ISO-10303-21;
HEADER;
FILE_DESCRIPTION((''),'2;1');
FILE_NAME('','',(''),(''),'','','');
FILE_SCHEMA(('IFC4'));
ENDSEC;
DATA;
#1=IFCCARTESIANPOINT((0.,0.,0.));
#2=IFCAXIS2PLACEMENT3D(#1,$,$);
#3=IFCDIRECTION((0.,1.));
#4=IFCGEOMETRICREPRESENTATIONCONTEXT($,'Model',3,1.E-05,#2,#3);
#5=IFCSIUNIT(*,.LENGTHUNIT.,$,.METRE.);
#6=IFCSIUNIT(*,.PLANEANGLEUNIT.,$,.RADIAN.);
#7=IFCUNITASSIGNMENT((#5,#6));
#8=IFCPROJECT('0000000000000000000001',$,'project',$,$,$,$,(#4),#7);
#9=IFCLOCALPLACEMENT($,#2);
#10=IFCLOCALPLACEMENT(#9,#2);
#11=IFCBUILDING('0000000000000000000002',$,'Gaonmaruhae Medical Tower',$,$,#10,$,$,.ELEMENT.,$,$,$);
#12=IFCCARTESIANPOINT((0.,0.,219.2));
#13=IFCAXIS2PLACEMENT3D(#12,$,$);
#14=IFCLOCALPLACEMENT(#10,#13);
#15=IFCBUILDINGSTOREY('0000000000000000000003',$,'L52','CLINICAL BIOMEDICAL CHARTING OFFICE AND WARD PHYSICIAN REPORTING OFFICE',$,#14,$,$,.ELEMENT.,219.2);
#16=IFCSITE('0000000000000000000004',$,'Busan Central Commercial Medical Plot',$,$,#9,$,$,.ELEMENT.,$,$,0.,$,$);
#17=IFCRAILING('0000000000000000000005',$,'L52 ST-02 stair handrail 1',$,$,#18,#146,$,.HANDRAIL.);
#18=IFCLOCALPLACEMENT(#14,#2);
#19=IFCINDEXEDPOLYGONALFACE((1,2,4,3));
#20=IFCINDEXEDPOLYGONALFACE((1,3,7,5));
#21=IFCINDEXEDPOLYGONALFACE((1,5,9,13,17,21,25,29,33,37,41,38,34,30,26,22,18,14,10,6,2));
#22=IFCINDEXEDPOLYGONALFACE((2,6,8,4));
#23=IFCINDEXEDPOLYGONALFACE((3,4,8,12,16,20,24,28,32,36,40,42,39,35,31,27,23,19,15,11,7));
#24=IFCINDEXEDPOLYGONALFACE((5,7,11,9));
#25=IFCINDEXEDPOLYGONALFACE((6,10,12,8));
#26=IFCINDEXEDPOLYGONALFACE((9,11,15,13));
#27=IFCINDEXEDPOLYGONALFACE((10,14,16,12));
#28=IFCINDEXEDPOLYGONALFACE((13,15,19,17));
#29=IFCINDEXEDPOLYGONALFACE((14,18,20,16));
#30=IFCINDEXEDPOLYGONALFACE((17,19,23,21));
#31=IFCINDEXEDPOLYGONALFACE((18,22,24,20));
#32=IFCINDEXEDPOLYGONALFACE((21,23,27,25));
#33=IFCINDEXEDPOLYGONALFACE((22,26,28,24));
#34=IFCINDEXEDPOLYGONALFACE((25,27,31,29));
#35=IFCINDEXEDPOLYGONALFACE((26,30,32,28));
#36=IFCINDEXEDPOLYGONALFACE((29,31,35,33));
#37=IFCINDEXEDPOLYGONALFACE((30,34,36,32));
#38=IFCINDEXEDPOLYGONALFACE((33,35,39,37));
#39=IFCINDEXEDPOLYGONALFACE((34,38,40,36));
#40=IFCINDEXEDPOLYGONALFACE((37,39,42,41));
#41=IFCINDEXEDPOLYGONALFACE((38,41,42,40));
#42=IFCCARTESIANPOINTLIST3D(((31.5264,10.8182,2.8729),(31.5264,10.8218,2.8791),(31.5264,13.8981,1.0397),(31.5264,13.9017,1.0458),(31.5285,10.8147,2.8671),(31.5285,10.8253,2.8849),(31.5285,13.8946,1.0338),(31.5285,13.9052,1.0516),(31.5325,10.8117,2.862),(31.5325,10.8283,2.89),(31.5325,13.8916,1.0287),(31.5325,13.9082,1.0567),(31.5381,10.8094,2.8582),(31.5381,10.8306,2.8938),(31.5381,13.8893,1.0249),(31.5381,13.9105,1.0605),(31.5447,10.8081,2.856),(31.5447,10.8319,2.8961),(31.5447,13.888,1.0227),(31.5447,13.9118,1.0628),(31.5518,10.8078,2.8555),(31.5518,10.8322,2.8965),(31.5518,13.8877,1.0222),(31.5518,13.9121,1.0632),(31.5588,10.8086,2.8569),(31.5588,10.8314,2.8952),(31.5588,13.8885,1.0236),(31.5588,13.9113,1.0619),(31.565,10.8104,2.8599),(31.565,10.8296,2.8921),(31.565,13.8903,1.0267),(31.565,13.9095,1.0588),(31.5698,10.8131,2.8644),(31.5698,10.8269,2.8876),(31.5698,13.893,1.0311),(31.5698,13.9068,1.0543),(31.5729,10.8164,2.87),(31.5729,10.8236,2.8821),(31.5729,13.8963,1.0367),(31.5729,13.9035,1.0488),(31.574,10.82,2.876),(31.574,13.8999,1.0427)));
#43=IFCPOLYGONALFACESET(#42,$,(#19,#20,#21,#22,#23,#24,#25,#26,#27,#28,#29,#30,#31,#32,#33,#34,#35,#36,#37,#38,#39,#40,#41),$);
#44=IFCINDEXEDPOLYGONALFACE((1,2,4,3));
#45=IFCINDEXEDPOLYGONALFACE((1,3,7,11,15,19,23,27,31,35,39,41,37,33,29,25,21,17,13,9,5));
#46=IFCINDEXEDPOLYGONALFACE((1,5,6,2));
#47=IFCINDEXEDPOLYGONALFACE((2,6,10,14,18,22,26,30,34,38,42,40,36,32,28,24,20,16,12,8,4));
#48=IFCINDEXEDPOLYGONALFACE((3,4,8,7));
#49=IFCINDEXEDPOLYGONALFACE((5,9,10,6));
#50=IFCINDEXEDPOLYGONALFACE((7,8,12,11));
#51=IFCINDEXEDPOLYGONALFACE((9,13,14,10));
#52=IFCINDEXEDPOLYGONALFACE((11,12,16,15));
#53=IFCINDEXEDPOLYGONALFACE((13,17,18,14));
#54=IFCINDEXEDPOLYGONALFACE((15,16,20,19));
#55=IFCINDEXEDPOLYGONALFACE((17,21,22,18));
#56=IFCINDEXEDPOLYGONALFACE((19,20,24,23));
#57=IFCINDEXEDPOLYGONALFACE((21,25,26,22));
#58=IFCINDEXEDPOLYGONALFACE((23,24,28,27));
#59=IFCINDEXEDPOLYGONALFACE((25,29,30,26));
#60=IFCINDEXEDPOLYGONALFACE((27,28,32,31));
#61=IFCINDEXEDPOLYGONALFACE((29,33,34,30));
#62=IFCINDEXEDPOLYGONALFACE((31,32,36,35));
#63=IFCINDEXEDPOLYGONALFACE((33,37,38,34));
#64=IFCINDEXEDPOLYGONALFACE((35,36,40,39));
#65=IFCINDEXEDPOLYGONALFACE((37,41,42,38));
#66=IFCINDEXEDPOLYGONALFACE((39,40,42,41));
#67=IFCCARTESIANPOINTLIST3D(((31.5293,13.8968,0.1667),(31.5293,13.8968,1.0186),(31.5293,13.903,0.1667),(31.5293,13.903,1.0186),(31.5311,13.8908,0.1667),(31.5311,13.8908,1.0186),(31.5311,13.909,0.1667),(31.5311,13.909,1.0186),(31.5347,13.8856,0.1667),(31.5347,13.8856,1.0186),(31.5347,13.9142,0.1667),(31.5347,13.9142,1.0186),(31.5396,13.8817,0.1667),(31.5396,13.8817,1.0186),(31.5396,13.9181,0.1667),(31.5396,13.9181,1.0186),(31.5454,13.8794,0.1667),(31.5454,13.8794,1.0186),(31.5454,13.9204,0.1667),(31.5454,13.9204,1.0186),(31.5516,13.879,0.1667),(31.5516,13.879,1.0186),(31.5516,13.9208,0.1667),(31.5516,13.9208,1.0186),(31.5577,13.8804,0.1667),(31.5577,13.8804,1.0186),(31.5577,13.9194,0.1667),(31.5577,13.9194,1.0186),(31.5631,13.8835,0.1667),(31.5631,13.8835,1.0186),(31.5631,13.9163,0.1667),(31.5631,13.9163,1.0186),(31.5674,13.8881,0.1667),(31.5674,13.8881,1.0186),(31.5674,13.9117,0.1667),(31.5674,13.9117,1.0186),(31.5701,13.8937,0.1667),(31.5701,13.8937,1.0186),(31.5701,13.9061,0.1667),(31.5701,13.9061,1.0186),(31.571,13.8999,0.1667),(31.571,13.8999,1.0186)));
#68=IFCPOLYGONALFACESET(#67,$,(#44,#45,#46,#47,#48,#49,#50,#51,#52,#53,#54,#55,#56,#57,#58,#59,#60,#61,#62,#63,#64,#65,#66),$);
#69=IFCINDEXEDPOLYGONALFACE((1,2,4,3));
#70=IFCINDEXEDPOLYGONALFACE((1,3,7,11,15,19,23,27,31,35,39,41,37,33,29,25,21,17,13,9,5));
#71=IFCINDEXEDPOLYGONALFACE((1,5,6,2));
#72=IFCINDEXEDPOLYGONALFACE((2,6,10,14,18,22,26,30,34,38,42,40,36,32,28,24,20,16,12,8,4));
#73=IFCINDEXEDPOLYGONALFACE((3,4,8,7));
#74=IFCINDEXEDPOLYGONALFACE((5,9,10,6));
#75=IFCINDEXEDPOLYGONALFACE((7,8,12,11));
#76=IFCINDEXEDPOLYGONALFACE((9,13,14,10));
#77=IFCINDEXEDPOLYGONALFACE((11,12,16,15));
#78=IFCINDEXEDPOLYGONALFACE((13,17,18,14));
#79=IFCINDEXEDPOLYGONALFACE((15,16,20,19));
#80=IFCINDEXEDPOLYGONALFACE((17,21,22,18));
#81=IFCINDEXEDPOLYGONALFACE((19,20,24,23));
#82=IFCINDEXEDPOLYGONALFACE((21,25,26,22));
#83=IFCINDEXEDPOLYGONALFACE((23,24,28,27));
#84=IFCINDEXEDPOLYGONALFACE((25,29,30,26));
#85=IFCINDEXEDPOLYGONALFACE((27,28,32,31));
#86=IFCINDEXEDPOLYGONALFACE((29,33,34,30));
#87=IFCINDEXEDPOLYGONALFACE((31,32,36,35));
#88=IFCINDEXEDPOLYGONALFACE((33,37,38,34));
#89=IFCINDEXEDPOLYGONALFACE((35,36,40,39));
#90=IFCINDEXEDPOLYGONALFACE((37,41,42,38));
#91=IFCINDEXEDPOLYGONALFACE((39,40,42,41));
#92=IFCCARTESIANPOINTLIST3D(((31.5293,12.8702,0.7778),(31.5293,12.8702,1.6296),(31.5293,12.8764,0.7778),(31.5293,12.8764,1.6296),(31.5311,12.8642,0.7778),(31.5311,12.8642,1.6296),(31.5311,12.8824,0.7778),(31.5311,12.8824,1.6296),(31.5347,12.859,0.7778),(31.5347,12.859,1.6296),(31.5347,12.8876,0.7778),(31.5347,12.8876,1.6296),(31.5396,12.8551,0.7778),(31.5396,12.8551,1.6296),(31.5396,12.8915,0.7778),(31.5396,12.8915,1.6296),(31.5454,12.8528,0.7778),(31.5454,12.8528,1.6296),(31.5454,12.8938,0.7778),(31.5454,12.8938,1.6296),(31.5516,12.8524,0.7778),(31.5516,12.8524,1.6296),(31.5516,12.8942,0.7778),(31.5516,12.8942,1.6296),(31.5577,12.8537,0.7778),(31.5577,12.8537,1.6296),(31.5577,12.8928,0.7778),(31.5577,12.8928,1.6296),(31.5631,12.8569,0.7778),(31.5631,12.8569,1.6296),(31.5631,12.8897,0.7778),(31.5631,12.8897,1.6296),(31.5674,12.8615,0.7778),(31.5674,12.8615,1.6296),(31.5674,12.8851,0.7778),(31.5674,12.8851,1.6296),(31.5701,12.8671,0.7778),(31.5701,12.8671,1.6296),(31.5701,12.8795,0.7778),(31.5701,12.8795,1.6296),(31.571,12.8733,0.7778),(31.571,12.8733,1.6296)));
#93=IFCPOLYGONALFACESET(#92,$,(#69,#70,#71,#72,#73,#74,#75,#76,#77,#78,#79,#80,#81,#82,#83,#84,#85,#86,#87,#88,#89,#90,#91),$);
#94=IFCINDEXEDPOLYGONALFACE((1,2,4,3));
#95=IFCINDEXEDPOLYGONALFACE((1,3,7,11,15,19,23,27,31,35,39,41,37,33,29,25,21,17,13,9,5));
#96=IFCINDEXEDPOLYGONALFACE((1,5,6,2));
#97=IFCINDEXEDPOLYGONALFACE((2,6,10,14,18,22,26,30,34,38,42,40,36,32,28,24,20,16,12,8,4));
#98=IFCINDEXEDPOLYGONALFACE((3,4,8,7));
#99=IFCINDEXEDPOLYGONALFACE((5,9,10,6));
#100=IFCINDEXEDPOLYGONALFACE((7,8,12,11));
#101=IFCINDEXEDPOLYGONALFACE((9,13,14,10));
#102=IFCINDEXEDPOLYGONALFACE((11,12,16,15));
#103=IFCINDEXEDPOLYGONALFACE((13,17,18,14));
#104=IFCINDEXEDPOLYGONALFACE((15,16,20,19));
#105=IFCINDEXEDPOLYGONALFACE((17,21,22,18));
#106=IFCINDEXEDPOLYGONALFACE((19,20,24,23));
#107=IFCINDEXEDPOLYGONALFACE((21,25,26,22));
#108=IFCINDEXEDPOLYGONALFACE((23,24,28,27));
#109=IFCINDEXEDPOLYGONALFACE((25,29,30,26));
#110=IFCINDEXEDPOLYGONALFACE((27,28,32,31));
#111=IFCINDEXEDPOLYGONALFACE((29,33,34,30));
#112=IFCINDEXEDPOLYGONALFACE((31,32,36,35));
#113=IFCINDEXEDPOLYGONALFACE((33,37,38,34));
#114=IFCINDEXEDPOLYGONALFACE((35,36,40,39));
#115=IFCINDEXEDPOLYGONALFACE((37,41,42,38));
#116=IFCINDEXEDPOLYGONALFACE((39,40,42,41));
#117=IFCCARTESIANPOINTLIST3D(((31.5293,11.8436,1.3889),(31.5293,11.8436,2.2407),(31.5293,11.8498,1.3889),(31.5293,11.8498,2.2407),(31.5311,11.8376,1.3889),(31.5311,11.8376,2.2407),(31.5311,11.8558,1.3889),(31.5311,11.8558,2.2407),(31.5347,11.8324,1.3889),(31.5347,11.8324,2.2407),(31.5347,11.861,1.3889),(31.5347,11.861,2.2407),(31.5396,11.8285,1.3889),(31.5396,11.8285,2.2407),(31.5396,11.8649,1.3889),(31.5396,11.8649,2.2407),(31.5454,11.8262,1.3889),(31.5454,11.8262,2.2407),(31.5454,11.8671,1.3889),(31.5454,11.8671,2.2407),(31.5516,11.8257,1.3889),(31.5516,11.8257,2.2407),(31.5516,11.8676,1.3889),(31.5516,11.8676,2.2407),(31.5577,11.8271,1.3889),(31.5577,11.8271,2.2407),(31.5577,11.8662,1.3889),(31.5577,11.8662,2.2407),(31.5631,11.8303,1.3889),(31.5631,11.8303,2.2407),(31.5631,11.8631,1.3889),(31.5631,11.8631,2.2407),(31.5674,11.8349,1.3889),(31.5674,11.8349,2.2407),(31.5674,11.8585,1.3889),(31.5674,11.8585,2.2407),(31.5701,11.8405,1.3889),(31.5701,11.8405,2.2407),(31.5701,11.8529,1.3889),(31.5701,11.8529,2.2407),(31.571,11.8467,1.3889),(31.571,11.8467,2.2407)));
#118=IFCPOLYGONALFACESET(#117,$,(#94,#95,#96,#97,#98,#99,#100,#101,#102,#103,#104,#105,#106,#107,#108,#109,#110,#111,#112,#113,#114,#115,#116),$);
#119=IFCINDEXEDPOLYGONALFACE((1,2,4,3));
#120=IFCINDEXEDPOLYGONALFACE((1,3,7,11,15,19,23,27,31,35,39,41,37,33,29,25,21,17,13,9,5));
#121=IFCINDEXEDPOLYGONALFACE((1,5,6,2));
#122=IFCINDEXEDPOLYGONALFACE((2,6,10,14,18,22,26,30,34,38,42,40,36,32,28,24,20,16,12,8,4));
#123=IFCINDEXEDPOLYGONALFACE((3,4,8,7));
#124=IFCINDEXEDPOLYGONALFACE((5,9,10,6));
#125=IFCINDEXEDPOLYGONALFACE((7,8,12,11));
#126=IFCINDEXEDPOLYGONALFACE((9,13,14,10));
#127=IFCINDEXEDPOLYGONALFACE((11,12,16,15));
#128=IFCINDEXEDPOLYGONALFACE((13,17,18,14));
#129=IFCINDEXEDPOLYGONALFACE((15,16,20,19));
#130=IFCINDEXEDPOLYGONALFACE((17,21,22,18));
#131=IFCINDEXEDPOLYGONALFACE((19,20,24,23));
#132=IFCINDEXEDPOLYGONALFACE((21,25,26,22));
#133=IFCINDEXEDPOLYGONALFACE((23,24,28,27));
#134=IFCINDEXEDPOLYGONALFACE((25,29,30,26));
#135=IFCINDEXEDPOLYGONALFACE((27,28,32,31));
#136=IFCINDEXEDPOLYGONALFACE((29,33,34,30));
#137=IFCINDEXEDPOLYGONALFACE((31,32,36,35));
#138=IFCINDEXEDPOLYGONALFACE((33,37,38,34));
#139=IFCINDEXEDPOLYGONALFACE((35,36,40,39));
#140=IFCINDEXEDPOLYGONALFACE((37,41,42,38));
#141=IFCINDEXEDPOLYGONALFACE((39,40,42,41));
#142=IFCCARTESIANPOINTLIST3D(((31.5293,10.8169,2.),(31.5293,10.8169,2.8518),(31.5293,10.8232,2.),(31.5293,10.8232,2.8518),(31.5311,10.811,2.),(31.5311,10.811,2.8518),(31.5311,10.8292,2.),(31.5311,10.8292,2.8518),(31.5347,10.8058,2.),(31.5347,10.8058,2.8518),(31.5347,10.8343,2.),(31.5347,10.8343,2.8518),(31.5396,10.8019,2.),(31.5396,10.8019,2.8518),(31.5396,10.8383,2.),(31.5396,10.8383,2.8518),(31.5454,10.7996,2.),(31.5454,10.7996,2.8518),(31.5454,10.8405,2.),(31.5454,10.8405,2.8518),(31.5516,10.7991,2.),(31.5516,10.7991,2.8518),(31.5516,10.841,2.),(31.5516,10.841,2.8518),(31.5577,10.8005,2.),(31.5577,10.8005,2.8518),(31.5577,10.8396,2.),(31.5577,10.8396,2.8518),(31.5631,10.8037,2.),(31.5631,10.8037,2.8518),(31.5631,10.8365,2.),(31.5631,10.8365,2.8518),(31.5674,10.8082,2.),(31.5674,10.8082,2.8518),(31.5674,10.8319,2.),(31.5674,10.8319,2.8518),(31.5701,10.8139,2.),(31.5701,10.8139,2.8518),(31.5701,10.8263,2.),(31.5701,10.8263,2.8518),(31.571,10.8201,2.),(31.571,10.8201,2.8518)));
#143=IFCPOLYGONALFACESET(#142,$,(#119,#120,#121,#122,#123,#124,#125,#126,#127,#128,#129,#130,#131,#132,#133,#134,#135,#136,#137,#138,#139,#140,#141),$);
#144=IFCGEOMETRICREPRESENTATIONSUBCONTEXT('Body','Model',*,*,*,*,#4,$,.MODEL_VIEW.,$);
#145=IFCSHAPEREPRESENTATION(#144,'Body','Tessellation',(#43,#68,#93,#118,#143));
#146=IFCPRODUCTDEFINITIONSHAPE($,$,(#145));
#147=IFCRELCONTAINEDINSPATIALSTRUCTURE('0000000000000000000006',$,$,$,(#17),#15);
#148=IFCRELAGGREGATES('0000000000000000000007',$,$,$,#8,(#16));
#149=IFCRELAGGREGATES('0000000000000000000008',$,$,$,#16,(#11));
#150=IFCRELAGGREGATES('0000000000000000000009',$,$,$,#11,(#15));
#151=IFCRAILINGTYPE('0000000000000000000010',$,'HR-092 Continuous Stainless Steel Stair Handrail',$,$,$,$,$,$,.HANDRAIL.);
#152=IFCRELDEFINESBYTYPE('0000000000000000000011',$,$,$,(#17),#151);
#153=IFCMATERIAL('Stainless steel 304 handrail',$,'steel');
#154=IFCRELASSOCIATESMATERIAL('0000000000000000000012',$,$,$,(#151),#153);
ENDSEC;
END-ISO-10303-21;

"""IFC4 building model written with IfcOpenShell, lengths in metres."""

from ifc_helpers import new_model, si_unit, direction, frame, origin, origin_2d, place, context, subcontext, project, spatial, circle, extrude, material, type_object, element, save


model = new_model("IFC4")

# Units and contexts
model_context = context("Model", 3, precision=1e-05, world=origin(), true_north=direction((0.0, 1.0)))
body_context = subcontext(model_context, "Body", "Model", "MODEL_VIEW")
ifc_project = project(units=[si_unit("LENGTHUNIT", "METRE"), si_unit("PLANEANGLEUNIT", "RADIAN")], contexts=[model_context])

# Site, building, storey
site_placement = place(None, origin())
site = spatial("IfcSite", under=ifc_project, at=site_placement, Name="Busan Central Commercial Medical Plot", CompositionType="ELEMENT", RefElevation=0.0)
building_placement = place(site_placement, origin())
building = spatial("IfcBuilding", under=site, at=building_placement, Name="Gaonmaruhae Medical Tower", CompositionType="ELEMENT")
storey_placement = place(building_placement, frame((0.0, 0.0, 219.2)))
storey = spatial("IfcBuildingStorey", under=building, at=storey_placement, Name="L52", Description="CLINICAL BIOMEDICAL CHARTING OFFICE AND WARD PHYSICIAN REPORTING OFFICE", CompositionType="ELEMENT", Elevation=219.2)

# Railing
ifc_material_1 = material(Name="Stainless steel 304 handrail", Category="steel")
railing_type_1 = type_object("IfcRailingType", Name="HR-092 Continuous Stainless Steel Stair Handrail", PredefinedType="HANDRAIL", material=ifc_material_1)
railing_1_placement = place(storey_placement, frame((31.55, 13.8999, 0.1667)))
element("IfcRailing", 1, at=railing_1_placement, inside=storey, type_object=railing_type_1, Name="L52 ST-02 stair handrail 1", PredefinedType="HANDRAIL", context=body_context, shape_type="SweptSolid", body=[
    extrude(circle(Radius=0.0239, at=origin_2d()), frame((0.0, 0.0, 0.876), z_axis=(0.0, -0.859291, 0.511487), x_axis=(1.0, 0.0, 0.0)), (0.0, 0.0, 1.0), 3.5842),
    extrude(circle(Radius=0.021, at=origin_2d()), origin(), (0.0, 0.0, 1.0), 0.8518),
    extrude(circle(Radius=0.021, at=origin_2d()), frame((0.0, -1.0266, 0.6111)), (0.0, 0.0, 1.0), 0.8518),
    extrude(circle(Radius=0.021, at=origin_2d()), frame((0.0, -2.0532, 1.2222)), (0.0, 0.0, 1.0), 0.8518),
    extrude(circle(Radius=0.021, at=origin_2d()), frame((0.0, -3.0798, 1.8333)), (0.0, 0.0, 1.0), 0.8518),
])

save(model, "model.ifc")
